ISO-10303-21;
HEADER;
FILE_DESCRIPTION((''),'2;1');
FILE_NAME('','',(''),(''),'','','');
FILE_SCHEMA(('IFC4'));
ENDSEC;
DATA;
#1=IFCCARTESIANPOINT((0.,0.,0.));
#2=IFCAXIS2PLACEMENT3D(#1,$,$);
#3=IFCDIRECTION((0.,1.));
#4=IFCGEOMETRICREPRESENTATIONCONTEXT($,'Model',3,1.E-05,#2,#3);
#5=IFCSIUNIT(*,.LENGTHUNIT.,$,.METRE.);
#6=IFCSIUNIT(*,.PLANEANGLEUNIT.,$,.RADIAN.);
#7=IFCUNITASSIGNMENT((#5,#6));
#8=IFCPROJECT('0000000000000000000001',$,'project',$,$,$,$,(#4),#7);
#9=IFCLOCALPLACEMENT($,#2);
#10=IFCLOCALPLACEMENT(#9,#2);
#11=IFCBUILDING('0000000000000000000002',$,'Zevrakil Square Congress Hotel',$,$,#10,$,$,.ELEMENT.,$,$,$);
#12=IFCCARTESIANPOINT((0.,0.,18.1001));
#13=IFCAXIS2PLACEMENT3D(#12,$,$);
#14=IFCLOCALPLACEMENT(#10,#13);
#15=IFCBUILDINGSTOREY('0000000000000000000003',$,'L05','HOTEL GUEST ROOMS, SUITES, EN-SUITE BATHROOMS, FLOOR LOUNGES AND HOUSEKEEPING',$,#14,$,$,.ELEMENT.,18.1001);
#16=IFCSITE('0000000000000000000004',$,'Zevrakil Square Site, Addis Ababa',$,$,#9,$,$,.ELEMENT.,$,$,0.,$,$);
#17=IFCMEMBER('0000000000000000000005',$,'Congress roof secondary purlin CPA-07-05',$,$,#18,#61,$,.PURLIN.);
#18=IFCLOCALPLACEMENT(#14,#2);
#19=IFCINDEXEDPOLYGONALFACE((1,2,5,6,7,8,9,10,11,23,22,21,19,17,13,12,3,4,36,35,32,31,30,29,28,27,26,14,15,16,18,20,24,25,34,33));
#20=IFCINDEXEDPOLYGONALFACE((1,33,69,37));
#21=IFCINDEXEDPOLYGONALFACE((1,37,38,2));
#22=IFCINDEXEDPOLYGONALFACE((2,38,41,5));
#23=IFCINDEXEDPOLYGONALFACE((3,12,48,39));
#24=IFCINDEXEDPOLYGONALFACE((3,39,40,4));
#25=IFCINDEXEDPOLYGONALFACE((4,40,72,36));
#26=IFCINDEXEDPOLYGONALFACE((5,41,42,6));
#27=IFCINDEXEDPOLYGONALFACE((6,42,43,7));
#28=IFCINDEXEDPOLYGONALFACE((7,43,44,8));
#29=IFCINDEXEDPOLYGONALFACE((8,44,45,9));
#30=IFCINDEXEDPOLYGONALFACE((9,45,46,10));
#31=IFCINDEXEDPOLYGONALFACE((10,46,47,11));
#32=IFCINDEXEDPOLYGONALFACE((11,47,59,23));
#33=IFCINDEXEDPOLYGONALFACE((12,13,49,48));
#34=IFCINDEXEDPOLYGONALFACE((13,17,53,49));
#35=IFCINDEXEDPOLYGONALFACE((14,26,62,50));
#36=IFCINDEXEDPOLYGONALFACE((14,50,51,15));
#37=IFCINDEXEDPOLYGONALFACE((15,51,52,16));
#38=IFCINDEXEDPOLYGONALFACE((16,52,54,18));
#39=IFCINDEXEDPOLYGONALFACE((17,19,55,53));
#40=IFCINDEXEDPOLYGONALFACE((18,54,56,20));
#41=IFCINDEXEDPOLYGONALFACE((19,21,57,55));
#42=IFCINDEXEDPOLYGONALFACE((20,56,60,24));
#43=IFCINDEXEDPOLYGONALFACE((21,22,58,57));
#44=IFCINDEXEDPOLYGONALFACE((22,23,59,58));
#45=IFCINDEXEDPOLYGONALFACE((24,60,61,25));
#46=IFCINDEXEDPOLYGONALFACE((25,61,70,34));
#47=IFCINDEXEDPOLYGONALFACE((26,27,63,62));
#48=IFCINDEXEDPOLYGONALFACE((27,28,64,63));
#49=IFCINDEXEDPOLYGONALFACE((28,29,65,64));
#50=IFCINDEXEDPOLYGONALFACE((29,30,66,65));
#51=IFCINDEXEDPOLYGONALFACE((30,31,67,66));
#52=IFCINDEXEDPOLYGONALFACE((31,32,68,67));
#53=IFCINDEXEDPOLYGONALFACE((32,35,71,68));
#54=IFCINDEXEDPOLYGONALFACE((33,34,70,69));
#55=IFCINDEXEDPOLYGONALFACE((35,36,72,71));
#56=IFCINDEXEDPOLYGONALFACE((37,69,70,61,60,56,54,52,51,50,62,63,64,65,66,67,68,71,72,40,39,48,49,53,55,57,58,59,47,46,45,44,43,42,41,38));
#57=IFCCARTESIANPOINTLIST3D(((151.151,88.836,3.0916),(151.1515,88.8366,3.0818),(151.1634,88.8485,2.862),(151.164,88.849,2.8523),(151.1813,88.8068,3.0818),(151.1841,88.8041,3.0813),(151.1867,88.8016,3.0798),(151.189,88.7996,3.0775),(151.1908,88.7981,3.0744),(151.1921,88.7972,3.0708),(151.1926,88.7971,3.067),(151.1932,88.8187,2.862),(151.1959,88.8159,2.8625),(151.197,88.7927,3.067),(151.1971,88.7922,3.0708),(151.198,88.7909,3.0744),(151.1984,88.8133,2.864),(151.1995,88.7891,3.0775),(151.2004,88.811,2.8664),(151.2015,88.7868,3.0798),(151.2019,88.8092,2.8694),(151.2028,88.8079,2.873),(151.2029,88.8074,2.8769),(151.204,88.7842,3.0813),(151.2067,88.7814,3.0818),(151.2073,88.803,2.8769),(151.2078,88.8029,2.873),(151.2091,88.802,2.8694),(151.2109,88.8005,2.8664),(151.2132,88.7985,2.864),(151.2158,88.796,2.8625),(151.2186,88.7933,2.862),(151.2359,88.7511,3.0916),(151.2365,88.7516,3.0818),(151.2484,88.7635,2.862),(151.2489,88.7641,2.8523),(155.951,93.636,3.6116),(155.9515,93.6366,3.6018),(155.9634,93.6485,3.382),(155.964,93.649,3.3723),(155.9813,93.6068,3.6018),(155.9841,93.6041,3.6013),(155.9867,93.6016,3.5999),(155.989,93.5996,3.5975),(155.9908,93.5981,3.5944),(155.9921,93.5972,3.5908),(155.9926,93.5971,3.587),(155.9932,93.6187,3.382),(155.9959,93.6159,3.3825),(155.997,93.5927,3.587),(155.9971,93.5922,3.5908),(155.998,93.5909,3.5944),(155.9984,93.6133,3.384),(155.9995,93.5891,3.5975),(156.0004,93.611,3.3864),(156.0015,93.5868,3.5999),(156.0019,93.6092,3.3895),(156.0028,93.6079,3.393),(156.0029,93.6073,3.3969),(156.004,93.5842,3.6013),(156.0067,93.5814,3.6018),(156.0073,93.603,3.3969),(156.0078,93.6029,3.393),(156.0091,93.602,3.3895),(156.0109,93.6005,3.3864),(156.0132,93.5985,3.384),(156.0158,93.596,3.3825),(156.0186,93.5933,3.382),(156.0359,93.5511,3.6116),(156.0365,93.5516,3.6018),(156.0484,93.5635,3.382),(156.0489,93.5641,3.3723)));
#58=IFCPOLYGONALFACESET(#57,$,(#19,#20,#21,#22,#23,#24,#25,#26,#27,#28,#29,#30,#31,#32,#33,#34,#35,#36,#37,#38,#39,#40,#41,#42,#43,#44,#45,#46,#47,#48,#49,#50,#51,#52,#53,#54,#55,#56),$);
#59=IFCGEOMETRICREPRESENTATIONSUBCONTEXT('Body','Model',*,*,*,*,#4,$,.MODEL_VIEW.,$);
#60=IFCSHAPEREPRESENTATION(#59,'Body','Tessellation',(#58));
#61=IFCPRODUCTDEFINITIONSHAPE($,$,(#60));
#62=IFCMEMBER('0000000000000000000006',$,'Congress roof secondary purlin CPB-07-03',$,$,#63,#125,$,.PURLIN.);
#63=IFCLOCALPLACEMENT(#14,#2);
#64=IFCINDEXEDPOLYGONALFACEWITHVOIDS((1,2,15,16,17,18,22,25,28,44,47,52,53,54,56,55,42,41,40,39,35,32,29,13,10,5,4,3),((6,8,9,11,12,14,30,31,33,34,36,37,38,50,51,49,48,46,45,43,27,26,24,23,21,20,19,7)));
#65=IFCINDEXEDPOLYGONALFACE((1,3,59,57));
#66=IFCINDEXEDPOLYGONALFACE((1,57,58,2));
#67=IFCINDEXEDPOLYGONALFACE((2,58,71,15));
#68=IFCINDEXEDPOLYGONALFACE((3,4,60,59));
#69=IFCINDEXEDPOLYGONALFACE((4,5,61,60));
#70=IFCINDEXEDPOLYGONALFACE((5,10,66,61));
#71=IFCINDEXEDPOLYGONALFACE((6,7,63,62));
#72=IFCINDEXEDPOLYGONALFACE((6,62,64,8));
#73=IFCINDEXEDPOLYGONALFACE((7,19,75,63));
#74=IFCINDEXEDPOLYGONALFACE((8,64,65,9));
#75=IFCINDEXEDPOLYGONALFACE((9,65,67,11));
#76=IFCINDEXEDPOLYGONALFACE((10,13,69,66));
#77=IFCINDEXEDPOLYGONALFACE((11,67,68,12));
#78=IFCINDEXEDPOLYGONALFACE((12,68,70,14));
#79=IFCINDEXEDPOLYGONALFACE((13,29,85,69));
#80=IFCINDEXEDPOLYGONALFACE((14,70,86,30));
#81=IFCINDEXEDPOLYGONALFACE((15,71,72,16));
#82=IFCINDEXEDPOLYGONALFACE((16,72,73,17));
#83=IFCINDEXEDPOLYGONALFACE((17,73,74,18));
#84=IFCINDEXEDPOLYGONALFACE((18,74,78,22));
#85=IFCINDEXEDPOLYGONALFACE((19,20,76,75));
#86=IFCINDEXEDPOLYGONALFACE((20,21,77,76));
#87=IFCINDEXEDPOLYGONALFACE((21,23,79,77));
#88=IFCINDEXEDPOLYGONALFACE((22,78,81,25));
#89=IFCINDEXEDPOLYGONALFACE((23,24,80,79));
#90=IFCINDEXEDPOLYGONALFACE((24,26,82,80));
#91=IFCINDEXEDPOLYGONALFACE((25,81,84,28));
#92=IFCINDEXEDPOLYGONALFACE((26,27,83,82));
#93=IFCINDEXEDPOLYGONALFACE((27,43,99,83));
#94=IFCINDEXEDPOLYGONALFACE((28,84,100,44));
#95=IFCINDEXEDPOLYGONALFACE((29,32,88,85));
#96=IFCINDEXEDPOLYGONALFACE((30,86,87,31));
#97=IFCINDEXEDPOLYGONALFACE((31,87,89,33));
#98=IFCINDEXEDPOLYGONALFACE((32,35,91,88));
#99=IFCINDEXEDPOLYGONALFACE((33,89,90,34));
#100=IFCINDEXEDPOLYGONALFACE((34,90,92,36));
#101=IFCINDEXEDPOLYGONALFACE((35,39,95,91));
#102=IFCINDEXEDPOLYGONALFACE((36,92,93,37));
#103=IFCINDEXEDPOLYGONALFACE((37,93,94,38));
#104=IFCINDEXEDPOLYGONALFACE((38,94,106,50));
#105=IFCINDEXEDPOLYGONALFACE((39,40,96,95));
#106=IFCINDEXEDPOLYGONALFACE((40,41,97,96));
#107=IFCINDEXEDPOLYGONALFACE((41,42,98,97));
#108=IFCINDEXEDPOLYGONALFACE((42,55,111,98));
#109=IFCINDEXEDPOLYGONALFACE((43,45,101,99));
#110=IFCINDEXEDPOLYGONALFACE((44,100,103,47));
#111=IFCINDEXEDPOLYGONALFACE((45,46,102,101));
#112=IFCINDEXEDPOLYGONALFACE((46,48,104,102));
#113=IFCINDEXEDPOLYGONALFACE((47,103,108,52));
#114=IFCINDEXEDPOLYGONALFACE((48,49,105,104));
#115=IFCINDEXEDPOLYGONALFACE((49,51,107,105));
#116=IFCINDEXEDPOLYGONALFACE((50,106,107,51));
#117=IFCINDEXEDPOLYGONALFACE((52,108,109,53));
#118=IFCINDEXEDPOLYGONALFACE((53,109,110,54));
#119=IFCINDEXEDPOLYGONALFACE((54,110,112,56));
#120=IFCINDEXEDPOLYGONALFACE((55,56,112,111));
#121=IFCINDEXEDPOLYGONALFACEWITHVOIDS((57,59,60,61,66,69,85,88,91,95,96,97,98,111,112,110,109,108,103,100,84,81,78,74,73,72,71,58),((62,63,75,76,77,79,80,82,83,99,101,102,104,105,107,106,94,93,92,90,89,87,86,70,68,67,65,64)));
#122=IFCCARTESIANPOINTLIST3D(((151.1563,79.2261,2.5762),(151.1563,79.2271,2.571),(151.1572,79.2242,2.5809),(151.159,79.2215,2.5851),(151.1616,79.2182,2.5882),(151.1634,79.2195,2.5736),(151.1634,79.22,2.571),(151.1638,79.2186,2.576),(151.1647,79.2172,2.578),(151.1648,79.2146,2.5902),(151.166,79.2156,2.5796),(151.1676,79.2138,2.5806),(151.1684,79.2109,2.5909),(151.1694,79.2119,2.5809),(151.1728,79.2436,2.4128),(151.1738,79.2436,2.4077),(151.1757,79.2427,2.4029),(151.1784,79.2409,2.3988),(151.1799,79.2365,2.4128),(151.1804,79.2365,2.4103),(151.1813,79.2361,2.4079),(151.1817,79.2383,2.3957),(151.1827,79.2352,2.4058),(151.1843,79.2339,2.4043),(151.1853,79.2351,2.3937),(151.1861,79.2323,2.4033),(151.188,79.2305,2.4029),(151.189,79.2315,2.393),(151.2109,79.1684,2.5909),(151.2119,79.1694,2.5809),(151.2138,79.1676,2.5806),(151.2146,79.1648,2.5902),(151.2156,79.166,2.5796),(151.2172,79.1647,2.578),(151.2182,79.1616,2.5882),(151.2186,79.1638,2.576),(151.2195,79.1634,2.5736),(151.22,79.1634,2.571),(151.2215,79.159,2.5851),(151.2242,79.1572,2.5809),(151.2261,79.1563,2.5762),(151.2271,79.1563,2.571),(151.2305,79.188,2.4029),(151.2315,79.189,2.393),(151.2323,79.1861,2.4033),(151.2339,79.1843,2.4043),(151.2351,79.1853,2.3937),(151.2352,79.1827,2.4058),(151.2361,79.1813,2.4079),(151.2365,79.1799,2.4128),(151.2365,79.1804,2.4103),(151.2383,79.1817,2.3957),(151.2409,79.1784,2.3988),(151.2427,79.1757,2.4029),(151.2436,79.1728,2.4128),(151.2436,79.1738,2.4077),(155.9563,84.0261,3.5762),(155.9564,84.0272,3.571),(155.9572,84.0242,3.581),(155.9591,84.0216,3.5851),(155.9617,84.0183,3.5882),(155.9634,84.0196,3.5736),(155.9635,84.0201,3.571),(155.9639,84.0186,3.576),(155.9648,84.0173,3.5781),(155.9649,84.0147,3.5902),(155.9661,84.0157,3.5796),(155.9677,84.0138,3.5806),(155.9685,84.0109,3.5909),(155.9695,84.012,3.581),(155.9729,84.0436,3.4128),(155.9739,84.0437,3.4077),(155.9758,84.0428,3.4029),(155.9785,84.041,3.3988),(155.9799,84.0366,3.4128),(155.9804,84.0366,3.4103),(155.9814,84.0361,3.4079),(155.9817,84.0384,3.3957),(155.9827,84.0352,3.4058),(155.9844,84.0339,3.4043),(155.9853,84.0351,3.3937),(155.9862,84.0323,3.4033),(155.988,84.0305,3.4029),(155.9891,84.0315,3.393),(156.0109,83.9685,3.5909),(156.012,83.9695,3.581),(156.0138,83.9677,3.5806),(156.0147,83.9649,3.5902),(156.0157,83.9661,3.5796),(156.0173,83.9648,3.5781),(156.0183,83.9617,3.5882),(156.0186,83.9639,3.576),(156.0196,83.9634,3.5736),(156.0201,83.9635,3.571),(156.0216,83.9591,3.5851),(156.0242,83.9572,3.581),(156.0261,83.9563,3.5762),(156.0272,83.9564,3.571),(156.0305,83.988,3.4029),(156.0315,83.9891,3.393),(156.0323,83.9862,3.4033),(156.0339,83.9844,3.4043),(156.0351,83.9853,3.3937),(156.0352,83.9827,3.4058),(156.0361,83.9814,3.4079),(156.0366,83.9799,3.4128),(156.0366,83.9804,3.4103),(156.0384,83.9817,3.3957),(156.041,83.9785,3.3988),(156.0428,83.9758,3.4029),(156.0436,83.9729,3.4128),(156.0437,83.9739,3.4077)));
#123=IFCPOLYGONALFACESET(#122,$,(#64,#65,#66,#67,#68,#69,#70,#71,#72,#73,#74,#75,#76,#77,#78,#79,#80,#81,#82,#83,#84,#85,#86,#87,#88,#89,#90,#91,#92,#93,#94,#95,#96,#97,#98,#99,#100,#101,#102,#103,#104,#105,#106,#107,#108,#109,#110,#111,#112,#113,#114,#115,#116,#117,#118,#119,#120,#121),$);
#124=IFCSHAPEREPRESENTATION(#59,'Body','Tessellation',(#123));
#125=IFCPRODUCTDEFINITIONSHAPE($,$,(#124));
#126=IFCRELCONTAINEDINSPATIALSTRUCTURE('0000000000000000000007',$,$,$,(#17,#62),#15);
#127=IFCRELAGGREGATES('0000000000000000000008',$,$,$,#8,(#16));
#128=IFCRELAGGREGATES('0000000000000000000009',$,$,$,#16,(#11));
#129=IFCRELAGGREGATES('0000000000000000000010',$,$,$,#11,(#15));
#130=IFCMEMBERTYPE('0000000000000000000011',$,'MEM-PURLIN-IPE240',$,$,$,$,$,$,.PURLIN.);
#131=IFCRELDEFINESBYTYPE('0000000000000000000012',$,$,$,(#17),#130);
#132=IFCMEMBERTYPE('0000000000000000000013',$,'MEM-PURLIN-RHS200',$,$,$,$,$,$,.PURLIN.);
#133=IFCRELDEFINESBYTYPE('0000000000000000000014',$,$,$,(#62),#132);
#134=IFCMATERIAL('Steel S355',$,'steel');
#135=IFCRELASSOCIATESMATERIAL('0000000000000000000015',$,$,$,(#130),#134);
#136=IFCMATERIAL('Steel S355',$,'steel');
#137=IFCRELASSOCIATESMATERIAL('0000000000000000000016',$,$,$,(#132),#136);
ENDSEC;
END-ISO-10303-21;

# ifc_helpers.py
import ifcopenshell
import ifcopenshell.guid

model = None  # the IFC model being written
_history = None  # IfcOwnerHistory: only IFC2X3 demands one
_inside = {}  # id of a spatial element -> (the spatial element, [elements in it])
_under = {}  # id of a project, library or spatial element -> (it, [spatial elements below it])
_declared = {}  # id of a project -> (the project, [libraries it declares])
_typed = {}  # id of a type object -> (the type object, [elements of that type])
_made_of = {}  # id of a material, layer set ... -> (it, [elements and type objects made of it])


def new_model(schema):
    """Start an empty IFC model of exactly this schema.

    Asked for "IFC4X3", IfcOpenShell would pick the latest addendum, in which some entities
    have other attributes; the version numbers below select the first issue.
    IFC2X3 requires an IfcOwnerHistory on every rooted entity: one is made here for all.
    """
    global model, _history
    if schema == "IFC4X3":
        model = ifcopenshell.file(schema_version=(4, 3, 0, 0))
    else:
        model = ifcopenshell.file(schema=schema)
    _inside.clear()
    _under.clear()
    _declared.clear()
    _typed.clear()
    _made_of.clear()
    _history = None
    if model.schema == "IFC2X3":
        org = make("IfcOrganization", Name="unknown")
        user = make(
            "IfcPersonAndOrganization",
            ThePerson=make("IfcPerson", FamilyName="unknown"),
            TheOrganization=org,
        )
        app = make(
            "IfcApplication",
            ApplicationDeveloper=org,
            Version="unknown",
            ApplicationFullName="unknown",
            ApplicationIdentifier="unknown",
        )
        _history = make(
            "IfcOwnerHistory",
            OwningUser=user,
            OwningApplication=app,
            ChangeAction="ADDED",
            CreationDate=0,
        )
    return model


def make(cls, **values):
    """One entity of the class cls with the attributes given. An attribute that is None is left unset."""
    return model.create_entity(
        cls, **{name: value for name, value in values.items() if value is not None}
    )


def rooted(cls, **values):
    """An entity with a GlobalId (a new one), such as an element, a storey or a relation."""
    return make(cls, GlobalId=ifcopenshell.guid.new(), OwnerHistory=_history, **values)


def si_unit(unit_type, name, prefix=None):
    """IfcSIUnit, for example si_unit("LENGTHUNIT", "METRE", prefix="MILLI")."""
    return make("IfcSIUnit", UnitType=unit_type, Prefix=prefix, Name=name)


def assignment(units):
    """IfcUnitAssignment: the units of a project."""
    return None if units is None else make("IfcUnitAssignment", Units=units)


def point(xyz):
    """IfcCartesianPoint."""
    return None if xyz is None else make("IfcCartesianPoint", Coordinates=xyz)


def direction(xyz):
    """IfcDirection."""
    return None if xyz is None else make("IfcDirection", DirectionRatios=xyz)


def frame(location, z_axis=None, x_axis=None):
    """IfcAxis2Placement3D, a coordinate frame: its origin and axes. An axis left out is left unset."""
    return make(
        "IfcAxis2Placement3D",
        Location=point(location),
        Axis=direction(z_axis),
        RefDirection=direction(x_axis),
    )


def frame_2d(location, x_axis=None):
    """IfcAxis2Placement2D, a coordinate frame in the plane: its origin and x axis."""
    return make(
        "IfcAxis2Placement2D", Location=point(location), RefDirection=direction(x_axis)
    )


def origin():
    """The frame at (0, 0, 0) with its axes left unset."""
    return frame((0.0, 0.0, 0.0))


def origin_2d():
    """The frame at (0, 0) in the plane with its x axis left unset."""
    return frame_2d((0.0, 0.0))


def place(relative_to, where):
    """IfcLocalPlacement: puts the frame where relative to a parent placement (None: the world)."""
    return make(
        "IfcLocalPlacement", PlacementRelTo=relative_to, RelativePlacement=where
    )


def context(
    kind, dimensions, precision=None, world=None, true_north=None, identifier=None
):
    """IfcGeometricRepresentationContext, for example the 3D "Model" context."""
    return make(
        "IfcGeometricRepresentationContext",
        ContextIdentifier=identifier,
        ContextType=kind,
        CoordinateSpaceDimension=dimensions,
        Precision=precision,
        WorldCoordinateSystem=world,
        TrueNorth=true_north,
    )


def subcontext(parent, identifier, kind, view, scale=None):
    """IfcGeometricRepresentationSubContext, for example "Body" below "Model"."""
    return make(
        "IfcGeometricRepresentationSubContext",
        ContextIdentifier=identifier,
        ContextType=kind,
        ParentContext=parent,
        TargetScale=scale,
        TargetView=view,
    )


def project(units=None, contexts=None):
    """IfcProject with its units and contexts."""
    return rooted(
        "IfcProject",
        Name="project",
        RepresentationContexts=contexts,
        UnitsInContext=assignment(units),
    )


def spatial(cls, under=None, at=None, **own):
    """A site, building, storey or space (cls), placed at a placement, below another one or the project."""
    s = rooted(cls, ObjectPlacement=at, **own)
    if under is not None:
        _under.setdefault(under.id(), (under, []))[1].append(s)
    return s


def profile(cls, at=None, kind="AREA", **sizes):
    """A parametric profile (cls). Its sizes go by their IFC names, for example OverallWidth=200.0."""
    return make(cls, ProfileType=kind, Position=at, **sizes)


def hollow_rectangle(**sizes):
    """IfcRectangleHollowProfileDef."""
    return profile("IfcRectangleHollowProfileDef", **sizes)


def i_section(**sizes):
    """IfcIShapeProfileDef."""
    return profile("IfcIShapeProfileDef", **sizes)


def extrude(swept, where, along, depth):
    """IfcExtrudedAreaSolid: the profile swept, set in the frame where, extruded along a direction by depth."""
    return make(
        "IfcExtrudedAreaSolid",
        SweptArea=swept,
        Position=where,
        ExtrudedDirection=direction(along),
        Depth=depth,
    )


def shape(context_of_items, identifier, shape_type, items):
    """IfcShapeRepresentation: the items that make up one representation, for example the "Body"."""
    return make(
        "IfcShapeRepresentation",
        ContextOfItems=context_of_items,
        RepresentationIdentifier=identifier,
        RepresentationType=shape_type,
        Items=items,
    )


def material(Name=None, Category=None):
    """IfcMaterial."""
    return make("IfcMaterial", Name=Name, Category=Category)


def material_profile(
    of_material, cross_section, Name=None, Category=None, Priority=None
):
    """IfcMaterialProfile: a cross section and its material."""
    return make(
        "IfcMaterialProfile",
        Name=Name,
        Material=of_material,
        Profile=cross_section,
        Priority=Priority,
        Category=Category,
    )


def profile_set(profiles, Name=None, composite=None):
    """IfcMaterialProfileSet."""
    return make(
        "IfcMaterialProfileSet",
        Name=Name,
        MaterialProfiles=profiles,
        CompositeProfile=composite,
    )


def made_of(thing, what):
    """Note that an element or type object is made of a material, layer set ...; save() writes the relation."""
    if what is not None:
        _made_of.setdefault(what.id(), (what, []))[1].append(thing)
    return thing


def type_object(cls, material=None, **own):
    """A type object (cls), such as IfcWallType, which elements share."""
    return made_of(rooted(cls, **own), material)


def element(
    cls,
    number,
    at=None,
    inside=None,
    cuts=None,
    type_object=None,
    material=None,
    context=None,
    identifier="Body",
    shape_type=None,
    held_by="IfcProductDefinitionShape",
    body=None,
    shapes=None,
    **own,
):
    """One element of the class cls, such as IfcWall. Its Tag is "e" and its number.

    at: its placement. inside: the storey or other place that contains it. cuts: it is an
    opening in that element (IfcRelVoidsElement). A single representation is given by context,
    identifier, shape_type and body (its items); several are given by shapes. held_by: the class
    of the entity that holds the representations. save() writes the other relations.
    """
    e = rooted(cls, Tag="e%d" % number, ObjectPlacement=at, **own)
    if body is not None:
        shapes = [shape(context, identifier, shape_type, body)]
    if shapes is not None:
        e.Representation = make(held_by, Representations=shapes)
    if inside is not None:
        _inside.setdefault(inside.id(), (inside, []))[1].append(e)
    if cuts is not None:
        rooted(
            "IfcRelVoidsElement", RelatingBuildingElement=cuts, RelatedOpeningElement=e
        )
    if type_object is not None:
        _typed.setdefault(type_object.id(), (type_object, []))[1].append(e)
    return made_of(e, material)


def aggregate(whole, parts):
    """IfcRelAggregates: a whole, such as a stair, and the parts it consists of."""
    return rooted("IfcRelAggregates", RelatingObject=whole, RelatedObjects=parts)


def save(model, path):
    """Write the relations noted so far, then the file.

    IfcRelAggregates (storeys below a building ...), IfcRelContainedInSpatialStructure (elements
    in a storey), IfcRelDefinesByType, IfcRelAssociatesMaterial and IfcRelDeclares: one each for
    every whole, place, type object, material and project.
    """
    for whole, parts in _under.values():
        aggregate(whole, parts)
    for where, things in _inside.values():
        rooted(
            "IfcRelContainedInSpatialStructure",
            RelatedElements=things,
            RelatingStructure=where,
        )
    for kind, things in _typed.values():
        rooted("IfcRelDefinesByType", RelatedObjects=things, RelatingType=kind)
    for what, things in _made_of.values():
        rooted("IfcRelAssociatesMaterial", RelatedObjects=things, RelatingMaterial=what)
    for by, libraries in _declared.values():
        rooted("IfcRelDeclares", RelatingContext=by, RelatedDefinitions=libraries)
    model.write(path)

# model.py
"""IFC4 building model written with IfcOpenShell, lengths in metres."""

from ifc_helpers import new_model, si_unit, direction, frame, origin, origin_2d, place, context, subcontext, project, spatial, hollow_rectangle, i_section, extrude, material, material_profile, profile_set, type_object, element, save


model = new_model("IFC4")

# Units and contexts
model_context = context("Model", 3, precision=1e-05, world=origin(), true_north=direction((0.0, 1.0)))
body_context = subcontext(model_context, "Body", "Model", "MODEL_VIEW")
ifc_project = project(units=[si_unit("LENGTHUNIT", "METRE"), si_unit("PLANEANGLEUNIT", "RADIAN")], contexts=[model_context])

# Site, building, storey
site_placement = place(None, origin())
site = spatial("IfcSite", under=ifc_project, at=site_placement, Name="Zevrakil Square Site, Addis Ababa", CompositionType="ELEMENT", RefElevation=0.0)
building_placement = place(site_placement, origin())
building = spatial("IfcBuilding", under=site, at=building_placement, Name="Zevrakil Square Congress Hotel", CompositionType="ELEMENT")
storey_placement = place(building_placement, frame((0.0, 0.0, 18.1001)))
storey = spatial("IfcBuildingStorey", under=building, at=storey_placement, Name="L05", Description="HOTEL GUEST ROOMS, SUITES, EN-SUITE BATHROOMS, FLOOR LOUNGES AND HOUSEKEEPING", CompositionType="ELEMENT", Elevation=18.1001)

# Members
ifc_material_1 = material(Name="Steel S355", Category="steel")
ifc_material_profile_1 = material_profile(ifc_material_1, i_section(OverallWidth=0.1201, OverallDepth=0.24, WebThickness=0.0061, FlangeThickness=0.0098, FilletRadius=0.0149, at=origin_2d()), Name="IPE 240")
ifc_profile_set_1 = profile_set([ifc_material_profile_1], Name="Steel S355")
member_type_1 = type_object("IfcMemberType", Name="MEM-PURLIN-IPE240", PredefinedType="PURLIN", material=ifc_profile_set_1)
member_1_placement = place(storey_placement, frame((151.2, 88.8, 2.9719), z_axis=(0.705041, 0.705041, 0.076382), x_axis=(-0.707107, 0.707107, 0.0)))
element("IfcMember", 1, at=member_1_placement, inside=storey, type_object=member_type_1, Name="Congress roof secondary purlin CPA-07-05", PredefinedType="PURLIN", context=body_context, shape_type="SweptSolid", body=[
    extrude(i_section(OverallWidth=0.1201, OverallDepth=0.24, WebThickness=0.0061, FlangeThickness=0.0098, FilletRadius=0.0149, at=origin_2d()), origin(), (0.0, 0.0, 1.0), 6.8081),
])
ifc_material_2 = material(Name="Steel S355", Category="steel")
ifc_material_profile_2 = material_profile(ifc_material_2, hollow_rectangle(XDim=0.1001, YDim=0.2, WallThickness=0.01, InnerFilletRadius=0.01, OuterFilletRadius=0.02, at=origin_2d()), Name="RHS 200x100x10")
ifc_profile_set_2 = profile_set([ifc_material_profile_2], Name="Steel S355")
member_type_2 = type_object("IfcMemberType", Name="MEM-PURLIN-RHS200", PredefinedType="PURLIN", material=ifc_profile_set_2)
member_2_placement = place(storey_placement, frame((151.2, 79.2, 2.4919), z_axis=(0.699557, 0.699557, 0.14574), x_axis=(-0.707107, 0.707107, 0.0)))
element("IfcMember", 2, at=member_2_placement, inside=storey, type_object=member_type_2, Name="Congress roof secondary purlin CPB-07-03", PredefinedType="PURLIN", context=body_context, shape_type="SweptSolid", body=[
    extrude(hollow_rectangle(XDim=0.1001, YDim=0.2, WallThickness=0.01, InnerFilletRadius=0.01, OuterFilletRadius=0.02, at=origin_2d()), origin(), (0.0, 0.0, 1.0), 6.8616),
])

save(model, "model.ifc")
